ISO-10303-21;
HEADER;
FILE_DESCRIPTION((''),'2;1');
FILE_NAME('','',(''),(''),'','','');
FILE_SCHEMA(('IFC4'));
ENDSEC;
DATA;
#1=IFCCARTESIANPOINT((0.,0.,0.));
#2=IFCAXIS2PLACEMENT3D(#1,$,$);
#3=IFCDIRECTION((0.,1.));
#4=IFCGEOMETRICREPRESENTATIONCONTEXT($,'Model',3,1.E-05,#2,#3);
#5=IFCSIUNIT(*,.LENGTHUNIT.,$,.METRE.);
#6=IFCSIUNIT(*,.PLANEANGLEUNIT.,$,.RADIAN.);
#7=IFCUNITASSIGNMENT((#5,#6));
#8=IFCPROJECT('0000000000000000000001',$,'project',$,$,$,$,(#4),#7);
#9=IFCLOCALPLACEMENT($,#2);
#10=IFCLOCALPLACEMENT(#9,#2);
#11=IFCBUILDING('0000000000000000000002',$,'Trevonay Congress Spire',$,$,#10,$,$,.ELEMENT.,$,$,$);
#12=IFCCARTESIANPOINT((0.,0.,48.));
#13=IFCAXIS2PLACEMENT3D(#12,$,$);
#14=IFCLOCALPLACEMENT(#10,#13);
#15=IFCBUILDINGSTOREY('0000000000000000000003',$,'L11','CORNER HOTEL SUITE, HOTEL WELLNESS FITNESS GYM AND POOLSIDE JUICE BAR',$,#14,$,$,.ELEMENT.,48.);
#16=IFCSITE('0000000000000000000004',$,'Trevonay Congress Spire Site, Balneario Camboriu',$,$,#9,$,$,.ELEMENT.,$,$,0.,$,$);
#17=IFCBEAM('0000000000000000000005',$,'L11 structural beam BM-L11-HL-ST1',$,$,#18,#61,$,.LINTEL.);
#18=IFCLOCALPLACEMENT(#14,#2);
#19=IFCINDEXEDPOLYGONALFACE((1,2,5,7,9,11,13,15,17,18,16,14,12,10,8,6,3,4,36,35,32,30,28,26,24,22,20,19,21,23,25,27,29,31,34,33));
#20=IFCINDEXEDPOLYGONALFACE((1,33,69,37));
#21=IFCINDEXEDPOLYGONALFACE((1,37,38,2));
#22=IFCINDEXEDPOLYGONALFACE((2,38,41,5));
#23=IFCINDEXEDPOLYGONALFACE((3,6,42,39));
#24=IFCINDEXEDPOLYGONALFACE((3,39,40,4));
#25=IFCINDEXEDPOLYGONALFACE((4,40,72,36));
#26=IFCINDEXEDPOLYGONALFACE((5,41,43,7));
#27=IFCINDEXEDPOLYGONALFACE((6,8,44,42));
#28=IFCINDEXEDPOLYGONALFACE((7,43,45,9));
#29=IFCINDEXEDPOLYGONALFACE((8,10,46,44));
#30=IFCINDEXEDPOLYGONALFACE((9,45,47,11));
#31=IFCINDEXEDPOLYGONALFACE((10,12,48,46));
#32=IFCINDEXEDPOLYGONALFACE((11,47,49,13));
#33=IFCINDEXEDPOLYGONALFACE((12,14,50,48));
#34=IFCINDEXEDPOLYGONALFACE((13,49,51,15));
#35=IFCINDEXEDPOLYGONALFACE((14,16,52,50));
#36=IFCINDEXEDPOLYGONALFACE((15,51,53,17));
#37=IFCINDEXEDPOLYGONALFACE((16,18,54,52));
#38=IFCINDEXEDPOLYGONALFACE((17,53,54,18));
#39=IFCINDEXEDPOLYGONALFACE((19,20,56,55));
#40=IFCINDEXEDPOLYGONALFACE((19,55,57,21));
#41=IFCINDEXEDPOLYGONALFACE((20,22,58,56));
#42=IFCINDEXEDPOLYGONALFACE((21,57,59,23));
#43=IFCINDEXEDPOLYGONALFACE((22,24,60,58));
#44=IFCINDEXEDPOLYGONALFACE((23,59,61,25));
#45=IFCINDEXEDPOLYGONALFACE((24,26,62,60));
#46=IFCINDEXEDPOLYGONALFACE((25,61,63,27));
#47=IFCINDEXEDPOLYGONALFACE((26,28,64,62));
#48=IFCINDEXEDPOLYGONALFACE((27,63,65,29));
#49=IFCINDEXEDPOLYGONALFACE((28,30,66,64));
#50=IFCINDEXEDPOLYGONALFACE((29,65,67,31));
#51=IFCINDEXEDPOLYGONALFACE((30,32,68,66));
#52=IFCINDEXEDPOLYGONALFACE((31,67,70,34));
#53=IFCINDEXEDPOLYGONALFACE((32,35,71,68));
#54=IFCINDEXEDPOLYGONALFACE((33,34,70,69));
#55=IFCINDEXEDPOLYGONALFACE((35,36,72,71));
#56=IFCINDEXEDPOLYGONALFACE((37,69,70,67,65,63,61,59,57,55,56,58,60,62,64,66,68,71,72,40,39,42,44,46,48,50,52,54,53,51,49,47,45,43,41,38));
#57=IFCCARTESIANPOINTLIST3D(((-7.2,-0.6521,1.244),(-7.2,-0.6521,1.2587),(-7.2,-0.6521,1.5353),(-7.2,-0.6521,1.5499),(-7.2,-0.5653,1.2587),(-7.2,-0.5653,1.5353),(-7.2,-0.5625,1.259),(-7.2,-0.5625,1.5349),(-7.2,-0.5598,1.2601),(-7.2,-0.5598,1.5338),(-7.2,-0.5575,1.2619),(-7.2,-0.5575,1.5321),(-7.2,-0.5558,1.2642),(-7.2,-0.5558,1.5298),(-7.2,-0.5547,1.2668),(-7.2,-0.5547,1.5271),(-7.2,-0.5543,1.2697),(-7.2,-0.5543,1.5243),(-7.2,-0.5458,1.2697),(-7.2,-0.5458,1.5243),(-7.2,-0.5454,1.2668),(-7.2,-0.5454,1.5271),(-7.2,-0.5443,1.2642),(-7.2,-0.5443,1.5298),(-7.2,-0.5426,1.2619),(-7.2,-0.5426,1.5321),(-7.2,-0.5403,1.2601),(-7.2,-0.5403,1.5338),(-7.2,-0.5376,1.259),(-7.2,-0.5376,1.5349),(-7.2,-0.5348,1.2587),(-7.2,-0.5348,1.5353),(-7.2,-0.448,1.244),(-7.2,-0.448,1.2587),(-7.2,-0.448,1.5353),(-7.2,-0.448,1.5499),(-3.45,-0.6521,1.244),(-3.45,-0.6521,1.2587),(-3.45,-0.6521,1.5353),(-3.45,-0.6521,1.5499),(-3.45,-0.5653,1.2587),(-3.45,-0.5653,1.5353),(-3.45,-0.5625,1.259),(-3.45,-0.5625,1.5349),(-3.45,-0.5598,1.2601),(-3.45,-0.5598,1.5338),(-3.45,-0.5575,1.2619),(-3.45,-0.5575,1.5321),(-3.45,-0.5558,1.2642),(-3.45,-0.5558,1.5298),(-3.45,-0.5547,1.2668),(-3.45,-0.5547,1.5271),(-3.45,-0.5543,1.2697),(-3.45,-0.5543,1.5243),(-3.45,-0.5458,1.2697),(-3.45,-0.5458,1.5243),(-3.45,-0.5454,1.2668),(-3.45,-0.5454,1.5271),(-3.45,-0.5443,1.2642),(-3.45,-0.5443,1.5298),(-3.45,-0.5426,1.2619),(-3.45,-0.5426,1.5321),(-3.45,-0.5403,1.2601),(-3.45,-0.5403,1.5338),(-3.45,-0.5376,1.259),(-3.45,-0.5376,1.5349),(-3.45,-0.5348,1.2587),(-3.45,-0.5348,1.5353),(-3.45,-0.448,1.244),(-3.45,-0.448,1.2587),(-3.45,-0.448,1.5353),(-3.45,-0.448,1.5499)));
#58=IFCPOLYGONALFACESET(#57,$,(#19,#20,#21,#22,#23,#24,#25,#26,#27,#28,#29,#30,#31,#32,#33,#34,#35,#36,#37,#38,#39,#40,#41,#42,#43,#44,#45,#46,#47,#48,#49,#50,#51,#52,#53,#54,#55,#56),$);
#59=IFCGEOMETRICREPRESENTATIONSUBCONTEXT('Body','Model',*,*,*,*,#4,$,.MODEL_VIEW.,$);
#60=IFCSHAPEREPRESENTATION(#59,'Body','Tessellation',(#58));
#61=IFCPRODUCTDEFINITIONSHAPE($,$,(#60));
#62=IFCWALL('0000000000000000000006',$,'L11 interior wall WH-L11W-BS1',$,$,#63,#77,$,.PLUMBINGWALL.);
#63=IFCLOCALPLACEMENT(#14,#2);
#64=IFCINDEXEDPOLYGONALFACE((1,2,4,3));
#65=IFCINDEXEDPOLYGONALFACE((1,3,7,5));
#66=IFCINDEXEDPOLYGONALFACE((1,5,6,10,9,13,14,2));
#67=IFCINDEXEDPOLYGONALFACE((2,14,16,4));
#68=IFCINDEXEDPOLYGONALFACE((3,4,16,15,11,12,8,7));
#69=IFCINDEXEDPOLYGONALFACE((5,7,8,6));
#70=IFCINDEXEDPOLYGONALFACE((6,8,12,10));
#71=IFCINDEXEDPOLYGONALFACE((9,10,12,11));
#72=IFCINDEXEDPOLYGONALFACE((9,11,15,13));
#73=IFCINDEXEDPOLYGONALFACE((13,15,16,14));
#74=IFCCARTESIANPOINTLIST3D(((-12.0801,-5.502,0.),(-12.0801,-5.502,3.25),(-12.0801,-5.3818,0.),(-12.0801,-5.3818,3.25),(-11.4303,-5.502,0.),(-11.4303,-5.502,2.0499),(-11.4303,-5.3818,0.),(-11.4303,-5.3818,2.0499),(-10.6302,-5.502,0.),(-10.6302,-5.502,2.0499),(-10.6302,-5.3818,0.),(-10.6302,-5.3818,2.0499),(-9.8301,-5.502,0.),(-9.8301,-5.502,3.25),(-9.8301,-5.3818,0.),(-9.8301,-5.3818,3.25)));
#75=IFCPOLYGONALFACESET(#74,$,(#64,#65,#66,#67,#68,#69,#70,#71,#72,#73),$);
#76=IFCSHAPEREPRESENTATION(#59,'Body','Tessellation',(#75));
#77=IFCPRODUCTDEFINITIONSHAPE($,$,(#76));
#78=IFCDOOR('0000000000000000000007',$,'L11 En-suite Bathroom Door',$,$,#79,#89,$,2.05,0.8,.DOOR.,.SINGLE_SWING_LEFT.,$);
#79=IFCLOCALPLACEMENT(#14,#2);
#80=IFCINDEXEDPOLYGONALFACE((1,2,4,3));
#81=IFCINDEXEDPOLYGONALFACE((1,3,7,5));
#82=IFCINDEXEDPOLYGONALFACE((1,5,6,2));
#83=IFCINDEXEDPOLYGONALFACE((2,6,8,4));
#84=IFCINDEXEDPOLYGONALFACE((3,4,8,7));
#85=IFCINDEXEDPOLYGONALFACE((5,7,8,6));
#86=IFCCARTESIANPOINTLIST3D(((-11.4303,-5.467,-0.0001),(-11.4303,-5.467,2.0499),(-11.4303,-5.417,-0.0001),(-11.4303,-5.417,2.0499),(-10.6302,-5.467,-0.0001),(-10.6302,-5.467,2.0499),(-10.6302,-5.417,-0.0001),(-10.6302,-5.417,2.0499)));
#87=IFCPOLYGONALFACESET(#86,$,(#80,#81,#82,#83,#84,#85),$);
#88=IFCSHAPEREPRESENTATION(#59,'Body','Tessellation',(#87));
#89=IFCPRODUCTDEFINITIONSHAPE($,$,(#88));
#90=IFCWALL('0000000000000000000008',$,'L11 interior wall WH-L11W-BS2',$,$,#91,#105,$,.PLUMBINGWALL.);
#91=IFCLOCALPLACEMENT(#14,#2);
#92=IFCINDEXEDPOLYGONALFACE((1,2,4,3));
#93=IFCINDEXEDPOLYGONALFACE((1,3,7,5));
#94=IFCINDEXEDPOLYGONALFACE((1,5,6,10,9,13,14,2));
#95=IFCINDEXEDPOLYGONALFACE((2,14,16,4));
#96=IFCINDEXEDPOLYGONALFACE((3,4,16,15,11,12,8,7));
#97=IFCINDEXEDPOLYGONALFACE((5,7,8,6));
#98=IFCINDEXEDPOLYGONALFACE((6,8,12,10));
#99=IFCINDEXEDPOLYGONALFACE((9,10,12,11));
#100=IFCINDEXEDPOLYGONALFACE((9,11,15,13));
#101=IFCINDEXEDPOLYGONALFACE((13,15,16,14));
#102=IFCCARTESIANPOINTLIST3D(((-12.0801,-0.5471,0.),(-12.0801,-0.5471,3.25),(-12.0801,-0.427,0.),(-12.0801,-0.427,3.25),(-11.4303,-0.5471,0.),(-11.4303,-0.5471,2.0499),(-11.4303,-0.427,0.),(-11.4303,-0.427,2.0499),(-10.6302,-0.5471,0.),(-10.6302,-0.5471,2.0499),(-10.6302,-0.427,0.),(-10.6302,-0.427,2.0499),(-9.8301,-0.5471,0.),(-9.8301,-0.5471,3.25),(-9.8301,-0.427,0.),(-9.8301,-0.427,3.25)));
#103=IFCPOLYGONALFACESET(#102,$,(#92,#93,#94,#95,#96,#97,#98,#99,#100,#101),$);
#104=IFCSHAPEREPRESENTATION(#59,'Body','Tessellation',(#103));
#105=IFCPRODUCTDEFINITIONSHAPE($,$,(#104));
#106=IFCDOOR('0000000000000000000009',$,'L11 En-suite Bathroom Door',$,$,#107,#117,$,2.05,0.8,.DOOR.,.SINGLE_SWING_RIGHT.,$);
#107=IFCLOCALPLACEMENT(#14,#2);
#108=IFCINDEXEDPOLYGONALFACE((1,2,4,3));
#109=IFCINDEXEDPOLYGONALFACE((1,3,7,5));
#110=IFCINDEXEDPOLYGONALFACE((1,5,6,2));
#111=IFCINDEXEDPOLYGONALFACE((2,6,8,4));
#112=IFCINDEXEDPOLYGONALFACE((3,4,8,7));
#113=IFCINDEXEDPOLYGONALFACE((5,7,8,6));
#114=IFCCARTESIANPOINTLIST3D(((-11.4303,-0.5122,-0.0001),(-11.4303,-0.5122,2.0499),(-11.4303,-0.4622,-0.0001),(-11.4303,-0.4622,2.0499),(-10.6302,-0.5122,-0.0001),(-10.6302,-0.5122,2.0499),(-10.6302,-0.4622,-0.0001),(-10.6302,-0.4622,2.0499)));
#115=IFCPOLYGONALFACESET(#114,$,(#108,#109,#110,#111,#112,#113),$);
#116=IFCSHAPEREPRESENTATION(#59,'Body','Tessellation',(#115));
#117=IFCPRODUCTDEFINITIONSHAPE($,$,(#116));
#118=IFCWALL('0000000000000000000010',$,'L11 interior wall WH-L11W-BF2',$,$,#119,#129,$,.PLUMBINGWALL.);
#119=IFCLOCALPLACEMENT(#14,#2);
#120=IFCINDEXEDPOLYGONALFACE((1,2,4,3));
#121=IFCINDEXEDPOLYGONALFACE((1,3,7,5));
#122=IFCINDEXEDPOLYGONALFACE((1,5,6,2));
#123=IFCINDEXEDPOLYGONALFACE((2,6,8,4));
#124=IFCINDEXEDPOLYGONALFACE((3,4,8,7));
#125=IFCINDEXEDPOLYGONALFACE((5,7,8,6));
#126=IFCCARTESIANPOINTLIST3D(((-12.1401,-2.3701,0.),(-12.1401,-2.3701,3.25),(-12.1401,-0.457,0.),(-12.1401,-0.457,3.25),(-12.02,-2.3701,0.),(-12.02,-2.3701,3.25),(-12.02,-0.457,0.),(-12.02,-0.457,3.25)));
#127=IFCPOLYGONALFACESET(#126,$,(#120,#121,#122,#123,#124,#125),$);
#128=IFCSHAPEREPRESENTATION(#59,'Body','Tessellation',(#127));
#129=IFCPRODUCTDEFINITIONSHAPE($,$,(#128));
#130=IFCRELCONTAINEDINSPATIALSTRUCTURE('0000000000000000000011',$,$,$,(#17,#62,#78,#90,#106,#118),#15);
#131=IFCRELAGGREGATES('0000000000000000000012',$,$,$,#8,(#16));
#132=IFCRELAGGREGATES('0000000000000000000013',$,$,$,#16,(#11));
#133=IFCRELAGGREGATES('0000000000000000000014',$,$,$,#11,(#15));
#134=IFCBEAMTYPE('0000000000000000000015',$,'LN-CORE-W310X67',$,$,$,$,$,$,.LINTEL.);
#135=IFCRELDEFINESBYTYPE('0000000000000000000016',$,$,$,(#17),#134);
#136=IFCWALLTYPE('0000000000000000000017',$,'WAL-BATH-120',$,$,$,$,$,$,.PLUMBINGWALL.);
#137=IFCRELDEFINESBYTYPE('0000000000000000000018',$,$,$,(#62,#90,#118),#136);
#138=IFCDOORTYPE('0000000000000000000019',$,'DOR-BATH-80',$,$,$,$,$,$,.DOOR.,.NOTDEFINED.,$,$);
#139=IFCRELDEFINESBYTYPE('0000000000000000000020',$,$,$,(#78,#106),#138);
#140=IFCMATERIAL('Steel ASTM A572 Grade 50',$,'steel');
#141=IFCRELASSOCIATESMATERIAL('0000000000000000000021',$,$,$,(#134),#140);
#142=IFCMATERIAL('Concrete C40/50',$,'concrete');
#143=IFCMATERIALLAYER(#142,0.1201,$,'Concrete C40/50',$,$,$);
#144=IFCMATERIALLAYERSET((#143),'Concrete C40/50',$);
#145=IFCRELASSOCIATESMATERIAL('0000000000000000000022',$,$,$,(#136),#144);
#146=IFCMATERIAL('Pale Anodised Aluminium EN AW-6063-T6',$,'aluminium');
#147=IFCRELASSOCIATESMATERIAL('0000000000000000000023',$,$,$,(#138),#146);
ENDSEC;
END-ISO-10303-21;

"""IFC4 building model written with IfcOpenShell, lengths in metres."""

from ifc_helpers import new_model, si_unit, direction, frame, frame_2d, origin, origin_2d, place, context, subcontext, project, spatial, rectangle, i_section, extrude, material, layer, layer_set, material_profile, profile_set, type_object, element, fill, save


model = new_model("IFC4")

# Units and contexts
model_context = context("Model", 3, precision=1e-05, world=origin(), true_north=direction((0.0, 1.0)))
body_context = subcontext(model_context, "Body", "Model", "MODEL_VIEW")
ifc_project = project(units=[si_unit("LENGTHUNIT", "METRE"), si_unit("PLANEANGLEUNIT", "RADIAN")], contexts=[model_context])

# Site, building, storey
site_placement = place(None, origin())
site = spatial("IfcSite", under=ifc_project, at=site_placement, Name="Trevonay Congress Spire Site, Balneario Camboriu", CompositionType="ELEMENT", RefElevation=0.0)
building_placement = place(site_placement, origin())
building = spatial("IfcBuilding", under=site, at=building_placement, Name="Trevonay Congress Spire", CompositionType="ELEMENT")
storey_placement = place(building_placement, frame((0.0, 0.0, 48.0)))
storey = spatial("IfcBuildingStorey", under=building, at=storey_placement, Name="L11", Description="CORNER HOTEL SUITE, HOTEL WELLNESS FITNESS GYM AND POOLSIDE JUICE BAR", CompositionType="ELEMENT", Elevation=48.0)

# Shared definitions
ifc_material_1 = material(Name="Steel ASTM A572 Grade 50", Category="steel")

# Beam
ifc_material_profile_1 = material_profile(ifc_material_1, i_section(OverallWidth=0.2041, OverallDepth=0.3059, WebThickness=0.0085, FlangeThickness=0.0146, FilletRadius=0.011, at=origin_2d()), Name="W310x67")
ifc_profile_set_1 = profile_set([ifc_material_profile_1], Name="Steel ASTM A572 Grade 50")
beam_type_1 = type_object("IfcBeamType", Name="LN-CORE-W310X67", PredefinedType="LINTEL", material=ifc_profile_set_1)
beam_1_placement = place(storey_placement, frame((-7.2, -0.55, 1.397), z_axis=(1.0, 0.0, 0.0), x_axis=(0.0, 1.0, 0.0)))
element("IfcBeam", 1, at=beam_1_placement, inside=storey, type_object=beam_type_1, Name="L11 structural beam BM-L11-HL-ST1", PredefinedType="LINTEL", context=body_context, shape_type="SweptSolid", body=[
    extrude(i_section(OverallWidth=0.2041, OverallDepth=0.3059, WebThickness=0.0085, FlangeThickness=0.0146, FilletRadius=0.011, at=origin_2d()), origin(), (0.0, 0.0, 1.0), 3.75),
])

# Walls, openings, doors
ifc_material_2 = material(Name="Concrete C40/50", Category="concrete")
ifc_layer_1 = layer(ifc_material_2, 0.1201, Name="Concrete C40/50")
ifc_layer_set_1 = layer_set([ifc_layer_1], Name="Concrete C40/50")
wall_type_1 = type_object("IfcWallType", Name="WAL-BATH-120", PredefinedType="PLUMBINGWALL", material=ifc_layer_set_1)
wall_1_placement = place(storey_placement, frame((-12.0801, -5.4419, 0.0), z_axis=(0.0, 0.0, 1.0), x_axis=(1.0, 0.0, 0.0)))
wall_1 = element("IfcWall", 2, at=wall_1_placement, inside=storey, type_object=wall_type_1, Name="L11 interior wall WH-L11W-BS1", PredefinedType="PLUMBINGWALL", context=body_context, shape_type="SweptSolid", body=[
    extrude(rectangle(XDim=2.25, YDim=0.1201, at=frame_2d((1.125, 0.0))), origin(), (0.0, 0.0, 1.0), 3.25),
])
opening_1_placement = place(wall_1_placement, frame((0.6499, 0.0, 0.0)))
opening_1 = element("IfcOpeningElement", 3, at=opening_1_placement, cuts=wall_1, PredefinedType="OPENING", context=body_context, shape_type="SweptSolid", body=[
    extrude(rectangle(XDim=0.8, YDim=2.05, at=frame_2d((0.3999, 1.0249))), frame((0.0, 0.0701, 0.0), z_axis=(0.0, -1.0, 0.0), x_axis=(1.0, 0.0, 0.0)), (0.0, 0.0, 1.0), 0.1401),
])
ifc_material_3 = material(Name="Pale Anodised Aluminium EN AW-6063-T6", Category="aluminium")
door_type_1 = type_object("IfcDoorType", Name="DOR-BATH-80", OperationType="NOTDEFINED", PredefinedType="DOOR", material=ifc_material_3)
door_1_placement = place(opening_1_placement, origin())
door_1 = element("IfcDoor", 4, at=door_1_placement, inside=storey, type_object=door_type_1, Name="L11 En-suite Bathroom Door", OperationType="SINGLE_SWING_LEFT", OverallHeight=2.05, OverallWidth=0.8, PredefinedType="DOOR", context=body_context, shape_type="SweptSolid", body=[
    extrude(rectangle(XDim=0.8, YDim=2.05, at=frame_2d((0.3999, 1.0249))), frame((0.0, 0.0249, 0.0), z_axis=(0.0, -1.0, 0.0), x_axis=(1.0, 0.0, 0.0)), (0.0, 0.0, 1.0), 0.05),
])
fill(opening_1, door_1)
wall_2_placement = place(storey_placement, frame((-12.0801, -0.4871, 0.0), z_axis=(0.0, 0.0, 1.0), x_axis=(1.0, 0.0, 0.0)))
wall_2 = element("IfcWall", 5, at=wall_2_placement, inside=storey, type_object=wall_type_1, Name="L11 interior wall WH-L11W-BS2", PredefinedType="PLUMBINGWALL", context=body_context, shape_type="SweptSolid", body=[
    extrude(rectangle(XDim=2.25, YDim=0.1201, at=frame_2d((1.125, 0.0))), origin(), (0.0, 0.0, 1.0), 3.25),
])
opening_2_placement = place(wall_2_placement, frame((0.6499, 0.0, 0.0)))
opening_2 = element("IfcOpeningElement", 6, at=opening_2_placement, cuts=wall_2, PredefinedType="OPENING", context=body_context, shape_type="SweptSolid", body=[
    extrude(rectangle(XDim=0.8, YDim=2.05, at=frame_2d((0.3999, 1.0249))), frame((0.0, 0.0701, 0.0), z_axis=(0.0, -1.0, 0.0), x_axis=(1.0, 0.0, 0.0)), (0.0, 0.0, 1.0), 0.1401),
])
door_2_placement = place(opening_2_placement, origin())
door_2 = element("IfcDoor", 7, at=door_2_placement, inside=storey, type_object=door_type_1, Name="L11 En-suite Bathroom Door", OperationType="SINGLE_SWING_RIGHT", OverallHeight=2.05, OverallWidth=0.8, PredefinedType="DOOR", context=body_context, shape_type="SweptSolid", body=[
    extrude(rectangle(XDim=0.8, YDim=2.05, at=frame_2d((0.3999, 1.0249))), frame((0.0, 0.0249, 0.0), z_axis=(0.0, -1.0, 0.0), x_axis=(1.0, 0.0, 0.0)), (0.0, 0.0, 1.0), 0.05),
])
fill(opening_2, door_2)

# Wall
wall_3_placement = place(storey_placement, frame((-12.0801, -2.3701, 0.0), z_axis=(0.0, 0.0, 1.0), x_axis=(0.0, 1.0, 0.0)))
element("IfcWall", 8, at=wall_3_placement, inside=storey, type_object=wall_type_1, Name="L11 interior wall WH-L11W-BF2", PredefinedType="PLUMBINGWALL", context=body_context, shape_type="SweptSolid", body=[
    extrude(rectangle(XDim=1.9131, YDim=0.1201, at=frame_2d((0.9565, 0.0))), origin(), (0.0, 0.0, 1.0), 3.25),
])

save(model, "model.ifc")
